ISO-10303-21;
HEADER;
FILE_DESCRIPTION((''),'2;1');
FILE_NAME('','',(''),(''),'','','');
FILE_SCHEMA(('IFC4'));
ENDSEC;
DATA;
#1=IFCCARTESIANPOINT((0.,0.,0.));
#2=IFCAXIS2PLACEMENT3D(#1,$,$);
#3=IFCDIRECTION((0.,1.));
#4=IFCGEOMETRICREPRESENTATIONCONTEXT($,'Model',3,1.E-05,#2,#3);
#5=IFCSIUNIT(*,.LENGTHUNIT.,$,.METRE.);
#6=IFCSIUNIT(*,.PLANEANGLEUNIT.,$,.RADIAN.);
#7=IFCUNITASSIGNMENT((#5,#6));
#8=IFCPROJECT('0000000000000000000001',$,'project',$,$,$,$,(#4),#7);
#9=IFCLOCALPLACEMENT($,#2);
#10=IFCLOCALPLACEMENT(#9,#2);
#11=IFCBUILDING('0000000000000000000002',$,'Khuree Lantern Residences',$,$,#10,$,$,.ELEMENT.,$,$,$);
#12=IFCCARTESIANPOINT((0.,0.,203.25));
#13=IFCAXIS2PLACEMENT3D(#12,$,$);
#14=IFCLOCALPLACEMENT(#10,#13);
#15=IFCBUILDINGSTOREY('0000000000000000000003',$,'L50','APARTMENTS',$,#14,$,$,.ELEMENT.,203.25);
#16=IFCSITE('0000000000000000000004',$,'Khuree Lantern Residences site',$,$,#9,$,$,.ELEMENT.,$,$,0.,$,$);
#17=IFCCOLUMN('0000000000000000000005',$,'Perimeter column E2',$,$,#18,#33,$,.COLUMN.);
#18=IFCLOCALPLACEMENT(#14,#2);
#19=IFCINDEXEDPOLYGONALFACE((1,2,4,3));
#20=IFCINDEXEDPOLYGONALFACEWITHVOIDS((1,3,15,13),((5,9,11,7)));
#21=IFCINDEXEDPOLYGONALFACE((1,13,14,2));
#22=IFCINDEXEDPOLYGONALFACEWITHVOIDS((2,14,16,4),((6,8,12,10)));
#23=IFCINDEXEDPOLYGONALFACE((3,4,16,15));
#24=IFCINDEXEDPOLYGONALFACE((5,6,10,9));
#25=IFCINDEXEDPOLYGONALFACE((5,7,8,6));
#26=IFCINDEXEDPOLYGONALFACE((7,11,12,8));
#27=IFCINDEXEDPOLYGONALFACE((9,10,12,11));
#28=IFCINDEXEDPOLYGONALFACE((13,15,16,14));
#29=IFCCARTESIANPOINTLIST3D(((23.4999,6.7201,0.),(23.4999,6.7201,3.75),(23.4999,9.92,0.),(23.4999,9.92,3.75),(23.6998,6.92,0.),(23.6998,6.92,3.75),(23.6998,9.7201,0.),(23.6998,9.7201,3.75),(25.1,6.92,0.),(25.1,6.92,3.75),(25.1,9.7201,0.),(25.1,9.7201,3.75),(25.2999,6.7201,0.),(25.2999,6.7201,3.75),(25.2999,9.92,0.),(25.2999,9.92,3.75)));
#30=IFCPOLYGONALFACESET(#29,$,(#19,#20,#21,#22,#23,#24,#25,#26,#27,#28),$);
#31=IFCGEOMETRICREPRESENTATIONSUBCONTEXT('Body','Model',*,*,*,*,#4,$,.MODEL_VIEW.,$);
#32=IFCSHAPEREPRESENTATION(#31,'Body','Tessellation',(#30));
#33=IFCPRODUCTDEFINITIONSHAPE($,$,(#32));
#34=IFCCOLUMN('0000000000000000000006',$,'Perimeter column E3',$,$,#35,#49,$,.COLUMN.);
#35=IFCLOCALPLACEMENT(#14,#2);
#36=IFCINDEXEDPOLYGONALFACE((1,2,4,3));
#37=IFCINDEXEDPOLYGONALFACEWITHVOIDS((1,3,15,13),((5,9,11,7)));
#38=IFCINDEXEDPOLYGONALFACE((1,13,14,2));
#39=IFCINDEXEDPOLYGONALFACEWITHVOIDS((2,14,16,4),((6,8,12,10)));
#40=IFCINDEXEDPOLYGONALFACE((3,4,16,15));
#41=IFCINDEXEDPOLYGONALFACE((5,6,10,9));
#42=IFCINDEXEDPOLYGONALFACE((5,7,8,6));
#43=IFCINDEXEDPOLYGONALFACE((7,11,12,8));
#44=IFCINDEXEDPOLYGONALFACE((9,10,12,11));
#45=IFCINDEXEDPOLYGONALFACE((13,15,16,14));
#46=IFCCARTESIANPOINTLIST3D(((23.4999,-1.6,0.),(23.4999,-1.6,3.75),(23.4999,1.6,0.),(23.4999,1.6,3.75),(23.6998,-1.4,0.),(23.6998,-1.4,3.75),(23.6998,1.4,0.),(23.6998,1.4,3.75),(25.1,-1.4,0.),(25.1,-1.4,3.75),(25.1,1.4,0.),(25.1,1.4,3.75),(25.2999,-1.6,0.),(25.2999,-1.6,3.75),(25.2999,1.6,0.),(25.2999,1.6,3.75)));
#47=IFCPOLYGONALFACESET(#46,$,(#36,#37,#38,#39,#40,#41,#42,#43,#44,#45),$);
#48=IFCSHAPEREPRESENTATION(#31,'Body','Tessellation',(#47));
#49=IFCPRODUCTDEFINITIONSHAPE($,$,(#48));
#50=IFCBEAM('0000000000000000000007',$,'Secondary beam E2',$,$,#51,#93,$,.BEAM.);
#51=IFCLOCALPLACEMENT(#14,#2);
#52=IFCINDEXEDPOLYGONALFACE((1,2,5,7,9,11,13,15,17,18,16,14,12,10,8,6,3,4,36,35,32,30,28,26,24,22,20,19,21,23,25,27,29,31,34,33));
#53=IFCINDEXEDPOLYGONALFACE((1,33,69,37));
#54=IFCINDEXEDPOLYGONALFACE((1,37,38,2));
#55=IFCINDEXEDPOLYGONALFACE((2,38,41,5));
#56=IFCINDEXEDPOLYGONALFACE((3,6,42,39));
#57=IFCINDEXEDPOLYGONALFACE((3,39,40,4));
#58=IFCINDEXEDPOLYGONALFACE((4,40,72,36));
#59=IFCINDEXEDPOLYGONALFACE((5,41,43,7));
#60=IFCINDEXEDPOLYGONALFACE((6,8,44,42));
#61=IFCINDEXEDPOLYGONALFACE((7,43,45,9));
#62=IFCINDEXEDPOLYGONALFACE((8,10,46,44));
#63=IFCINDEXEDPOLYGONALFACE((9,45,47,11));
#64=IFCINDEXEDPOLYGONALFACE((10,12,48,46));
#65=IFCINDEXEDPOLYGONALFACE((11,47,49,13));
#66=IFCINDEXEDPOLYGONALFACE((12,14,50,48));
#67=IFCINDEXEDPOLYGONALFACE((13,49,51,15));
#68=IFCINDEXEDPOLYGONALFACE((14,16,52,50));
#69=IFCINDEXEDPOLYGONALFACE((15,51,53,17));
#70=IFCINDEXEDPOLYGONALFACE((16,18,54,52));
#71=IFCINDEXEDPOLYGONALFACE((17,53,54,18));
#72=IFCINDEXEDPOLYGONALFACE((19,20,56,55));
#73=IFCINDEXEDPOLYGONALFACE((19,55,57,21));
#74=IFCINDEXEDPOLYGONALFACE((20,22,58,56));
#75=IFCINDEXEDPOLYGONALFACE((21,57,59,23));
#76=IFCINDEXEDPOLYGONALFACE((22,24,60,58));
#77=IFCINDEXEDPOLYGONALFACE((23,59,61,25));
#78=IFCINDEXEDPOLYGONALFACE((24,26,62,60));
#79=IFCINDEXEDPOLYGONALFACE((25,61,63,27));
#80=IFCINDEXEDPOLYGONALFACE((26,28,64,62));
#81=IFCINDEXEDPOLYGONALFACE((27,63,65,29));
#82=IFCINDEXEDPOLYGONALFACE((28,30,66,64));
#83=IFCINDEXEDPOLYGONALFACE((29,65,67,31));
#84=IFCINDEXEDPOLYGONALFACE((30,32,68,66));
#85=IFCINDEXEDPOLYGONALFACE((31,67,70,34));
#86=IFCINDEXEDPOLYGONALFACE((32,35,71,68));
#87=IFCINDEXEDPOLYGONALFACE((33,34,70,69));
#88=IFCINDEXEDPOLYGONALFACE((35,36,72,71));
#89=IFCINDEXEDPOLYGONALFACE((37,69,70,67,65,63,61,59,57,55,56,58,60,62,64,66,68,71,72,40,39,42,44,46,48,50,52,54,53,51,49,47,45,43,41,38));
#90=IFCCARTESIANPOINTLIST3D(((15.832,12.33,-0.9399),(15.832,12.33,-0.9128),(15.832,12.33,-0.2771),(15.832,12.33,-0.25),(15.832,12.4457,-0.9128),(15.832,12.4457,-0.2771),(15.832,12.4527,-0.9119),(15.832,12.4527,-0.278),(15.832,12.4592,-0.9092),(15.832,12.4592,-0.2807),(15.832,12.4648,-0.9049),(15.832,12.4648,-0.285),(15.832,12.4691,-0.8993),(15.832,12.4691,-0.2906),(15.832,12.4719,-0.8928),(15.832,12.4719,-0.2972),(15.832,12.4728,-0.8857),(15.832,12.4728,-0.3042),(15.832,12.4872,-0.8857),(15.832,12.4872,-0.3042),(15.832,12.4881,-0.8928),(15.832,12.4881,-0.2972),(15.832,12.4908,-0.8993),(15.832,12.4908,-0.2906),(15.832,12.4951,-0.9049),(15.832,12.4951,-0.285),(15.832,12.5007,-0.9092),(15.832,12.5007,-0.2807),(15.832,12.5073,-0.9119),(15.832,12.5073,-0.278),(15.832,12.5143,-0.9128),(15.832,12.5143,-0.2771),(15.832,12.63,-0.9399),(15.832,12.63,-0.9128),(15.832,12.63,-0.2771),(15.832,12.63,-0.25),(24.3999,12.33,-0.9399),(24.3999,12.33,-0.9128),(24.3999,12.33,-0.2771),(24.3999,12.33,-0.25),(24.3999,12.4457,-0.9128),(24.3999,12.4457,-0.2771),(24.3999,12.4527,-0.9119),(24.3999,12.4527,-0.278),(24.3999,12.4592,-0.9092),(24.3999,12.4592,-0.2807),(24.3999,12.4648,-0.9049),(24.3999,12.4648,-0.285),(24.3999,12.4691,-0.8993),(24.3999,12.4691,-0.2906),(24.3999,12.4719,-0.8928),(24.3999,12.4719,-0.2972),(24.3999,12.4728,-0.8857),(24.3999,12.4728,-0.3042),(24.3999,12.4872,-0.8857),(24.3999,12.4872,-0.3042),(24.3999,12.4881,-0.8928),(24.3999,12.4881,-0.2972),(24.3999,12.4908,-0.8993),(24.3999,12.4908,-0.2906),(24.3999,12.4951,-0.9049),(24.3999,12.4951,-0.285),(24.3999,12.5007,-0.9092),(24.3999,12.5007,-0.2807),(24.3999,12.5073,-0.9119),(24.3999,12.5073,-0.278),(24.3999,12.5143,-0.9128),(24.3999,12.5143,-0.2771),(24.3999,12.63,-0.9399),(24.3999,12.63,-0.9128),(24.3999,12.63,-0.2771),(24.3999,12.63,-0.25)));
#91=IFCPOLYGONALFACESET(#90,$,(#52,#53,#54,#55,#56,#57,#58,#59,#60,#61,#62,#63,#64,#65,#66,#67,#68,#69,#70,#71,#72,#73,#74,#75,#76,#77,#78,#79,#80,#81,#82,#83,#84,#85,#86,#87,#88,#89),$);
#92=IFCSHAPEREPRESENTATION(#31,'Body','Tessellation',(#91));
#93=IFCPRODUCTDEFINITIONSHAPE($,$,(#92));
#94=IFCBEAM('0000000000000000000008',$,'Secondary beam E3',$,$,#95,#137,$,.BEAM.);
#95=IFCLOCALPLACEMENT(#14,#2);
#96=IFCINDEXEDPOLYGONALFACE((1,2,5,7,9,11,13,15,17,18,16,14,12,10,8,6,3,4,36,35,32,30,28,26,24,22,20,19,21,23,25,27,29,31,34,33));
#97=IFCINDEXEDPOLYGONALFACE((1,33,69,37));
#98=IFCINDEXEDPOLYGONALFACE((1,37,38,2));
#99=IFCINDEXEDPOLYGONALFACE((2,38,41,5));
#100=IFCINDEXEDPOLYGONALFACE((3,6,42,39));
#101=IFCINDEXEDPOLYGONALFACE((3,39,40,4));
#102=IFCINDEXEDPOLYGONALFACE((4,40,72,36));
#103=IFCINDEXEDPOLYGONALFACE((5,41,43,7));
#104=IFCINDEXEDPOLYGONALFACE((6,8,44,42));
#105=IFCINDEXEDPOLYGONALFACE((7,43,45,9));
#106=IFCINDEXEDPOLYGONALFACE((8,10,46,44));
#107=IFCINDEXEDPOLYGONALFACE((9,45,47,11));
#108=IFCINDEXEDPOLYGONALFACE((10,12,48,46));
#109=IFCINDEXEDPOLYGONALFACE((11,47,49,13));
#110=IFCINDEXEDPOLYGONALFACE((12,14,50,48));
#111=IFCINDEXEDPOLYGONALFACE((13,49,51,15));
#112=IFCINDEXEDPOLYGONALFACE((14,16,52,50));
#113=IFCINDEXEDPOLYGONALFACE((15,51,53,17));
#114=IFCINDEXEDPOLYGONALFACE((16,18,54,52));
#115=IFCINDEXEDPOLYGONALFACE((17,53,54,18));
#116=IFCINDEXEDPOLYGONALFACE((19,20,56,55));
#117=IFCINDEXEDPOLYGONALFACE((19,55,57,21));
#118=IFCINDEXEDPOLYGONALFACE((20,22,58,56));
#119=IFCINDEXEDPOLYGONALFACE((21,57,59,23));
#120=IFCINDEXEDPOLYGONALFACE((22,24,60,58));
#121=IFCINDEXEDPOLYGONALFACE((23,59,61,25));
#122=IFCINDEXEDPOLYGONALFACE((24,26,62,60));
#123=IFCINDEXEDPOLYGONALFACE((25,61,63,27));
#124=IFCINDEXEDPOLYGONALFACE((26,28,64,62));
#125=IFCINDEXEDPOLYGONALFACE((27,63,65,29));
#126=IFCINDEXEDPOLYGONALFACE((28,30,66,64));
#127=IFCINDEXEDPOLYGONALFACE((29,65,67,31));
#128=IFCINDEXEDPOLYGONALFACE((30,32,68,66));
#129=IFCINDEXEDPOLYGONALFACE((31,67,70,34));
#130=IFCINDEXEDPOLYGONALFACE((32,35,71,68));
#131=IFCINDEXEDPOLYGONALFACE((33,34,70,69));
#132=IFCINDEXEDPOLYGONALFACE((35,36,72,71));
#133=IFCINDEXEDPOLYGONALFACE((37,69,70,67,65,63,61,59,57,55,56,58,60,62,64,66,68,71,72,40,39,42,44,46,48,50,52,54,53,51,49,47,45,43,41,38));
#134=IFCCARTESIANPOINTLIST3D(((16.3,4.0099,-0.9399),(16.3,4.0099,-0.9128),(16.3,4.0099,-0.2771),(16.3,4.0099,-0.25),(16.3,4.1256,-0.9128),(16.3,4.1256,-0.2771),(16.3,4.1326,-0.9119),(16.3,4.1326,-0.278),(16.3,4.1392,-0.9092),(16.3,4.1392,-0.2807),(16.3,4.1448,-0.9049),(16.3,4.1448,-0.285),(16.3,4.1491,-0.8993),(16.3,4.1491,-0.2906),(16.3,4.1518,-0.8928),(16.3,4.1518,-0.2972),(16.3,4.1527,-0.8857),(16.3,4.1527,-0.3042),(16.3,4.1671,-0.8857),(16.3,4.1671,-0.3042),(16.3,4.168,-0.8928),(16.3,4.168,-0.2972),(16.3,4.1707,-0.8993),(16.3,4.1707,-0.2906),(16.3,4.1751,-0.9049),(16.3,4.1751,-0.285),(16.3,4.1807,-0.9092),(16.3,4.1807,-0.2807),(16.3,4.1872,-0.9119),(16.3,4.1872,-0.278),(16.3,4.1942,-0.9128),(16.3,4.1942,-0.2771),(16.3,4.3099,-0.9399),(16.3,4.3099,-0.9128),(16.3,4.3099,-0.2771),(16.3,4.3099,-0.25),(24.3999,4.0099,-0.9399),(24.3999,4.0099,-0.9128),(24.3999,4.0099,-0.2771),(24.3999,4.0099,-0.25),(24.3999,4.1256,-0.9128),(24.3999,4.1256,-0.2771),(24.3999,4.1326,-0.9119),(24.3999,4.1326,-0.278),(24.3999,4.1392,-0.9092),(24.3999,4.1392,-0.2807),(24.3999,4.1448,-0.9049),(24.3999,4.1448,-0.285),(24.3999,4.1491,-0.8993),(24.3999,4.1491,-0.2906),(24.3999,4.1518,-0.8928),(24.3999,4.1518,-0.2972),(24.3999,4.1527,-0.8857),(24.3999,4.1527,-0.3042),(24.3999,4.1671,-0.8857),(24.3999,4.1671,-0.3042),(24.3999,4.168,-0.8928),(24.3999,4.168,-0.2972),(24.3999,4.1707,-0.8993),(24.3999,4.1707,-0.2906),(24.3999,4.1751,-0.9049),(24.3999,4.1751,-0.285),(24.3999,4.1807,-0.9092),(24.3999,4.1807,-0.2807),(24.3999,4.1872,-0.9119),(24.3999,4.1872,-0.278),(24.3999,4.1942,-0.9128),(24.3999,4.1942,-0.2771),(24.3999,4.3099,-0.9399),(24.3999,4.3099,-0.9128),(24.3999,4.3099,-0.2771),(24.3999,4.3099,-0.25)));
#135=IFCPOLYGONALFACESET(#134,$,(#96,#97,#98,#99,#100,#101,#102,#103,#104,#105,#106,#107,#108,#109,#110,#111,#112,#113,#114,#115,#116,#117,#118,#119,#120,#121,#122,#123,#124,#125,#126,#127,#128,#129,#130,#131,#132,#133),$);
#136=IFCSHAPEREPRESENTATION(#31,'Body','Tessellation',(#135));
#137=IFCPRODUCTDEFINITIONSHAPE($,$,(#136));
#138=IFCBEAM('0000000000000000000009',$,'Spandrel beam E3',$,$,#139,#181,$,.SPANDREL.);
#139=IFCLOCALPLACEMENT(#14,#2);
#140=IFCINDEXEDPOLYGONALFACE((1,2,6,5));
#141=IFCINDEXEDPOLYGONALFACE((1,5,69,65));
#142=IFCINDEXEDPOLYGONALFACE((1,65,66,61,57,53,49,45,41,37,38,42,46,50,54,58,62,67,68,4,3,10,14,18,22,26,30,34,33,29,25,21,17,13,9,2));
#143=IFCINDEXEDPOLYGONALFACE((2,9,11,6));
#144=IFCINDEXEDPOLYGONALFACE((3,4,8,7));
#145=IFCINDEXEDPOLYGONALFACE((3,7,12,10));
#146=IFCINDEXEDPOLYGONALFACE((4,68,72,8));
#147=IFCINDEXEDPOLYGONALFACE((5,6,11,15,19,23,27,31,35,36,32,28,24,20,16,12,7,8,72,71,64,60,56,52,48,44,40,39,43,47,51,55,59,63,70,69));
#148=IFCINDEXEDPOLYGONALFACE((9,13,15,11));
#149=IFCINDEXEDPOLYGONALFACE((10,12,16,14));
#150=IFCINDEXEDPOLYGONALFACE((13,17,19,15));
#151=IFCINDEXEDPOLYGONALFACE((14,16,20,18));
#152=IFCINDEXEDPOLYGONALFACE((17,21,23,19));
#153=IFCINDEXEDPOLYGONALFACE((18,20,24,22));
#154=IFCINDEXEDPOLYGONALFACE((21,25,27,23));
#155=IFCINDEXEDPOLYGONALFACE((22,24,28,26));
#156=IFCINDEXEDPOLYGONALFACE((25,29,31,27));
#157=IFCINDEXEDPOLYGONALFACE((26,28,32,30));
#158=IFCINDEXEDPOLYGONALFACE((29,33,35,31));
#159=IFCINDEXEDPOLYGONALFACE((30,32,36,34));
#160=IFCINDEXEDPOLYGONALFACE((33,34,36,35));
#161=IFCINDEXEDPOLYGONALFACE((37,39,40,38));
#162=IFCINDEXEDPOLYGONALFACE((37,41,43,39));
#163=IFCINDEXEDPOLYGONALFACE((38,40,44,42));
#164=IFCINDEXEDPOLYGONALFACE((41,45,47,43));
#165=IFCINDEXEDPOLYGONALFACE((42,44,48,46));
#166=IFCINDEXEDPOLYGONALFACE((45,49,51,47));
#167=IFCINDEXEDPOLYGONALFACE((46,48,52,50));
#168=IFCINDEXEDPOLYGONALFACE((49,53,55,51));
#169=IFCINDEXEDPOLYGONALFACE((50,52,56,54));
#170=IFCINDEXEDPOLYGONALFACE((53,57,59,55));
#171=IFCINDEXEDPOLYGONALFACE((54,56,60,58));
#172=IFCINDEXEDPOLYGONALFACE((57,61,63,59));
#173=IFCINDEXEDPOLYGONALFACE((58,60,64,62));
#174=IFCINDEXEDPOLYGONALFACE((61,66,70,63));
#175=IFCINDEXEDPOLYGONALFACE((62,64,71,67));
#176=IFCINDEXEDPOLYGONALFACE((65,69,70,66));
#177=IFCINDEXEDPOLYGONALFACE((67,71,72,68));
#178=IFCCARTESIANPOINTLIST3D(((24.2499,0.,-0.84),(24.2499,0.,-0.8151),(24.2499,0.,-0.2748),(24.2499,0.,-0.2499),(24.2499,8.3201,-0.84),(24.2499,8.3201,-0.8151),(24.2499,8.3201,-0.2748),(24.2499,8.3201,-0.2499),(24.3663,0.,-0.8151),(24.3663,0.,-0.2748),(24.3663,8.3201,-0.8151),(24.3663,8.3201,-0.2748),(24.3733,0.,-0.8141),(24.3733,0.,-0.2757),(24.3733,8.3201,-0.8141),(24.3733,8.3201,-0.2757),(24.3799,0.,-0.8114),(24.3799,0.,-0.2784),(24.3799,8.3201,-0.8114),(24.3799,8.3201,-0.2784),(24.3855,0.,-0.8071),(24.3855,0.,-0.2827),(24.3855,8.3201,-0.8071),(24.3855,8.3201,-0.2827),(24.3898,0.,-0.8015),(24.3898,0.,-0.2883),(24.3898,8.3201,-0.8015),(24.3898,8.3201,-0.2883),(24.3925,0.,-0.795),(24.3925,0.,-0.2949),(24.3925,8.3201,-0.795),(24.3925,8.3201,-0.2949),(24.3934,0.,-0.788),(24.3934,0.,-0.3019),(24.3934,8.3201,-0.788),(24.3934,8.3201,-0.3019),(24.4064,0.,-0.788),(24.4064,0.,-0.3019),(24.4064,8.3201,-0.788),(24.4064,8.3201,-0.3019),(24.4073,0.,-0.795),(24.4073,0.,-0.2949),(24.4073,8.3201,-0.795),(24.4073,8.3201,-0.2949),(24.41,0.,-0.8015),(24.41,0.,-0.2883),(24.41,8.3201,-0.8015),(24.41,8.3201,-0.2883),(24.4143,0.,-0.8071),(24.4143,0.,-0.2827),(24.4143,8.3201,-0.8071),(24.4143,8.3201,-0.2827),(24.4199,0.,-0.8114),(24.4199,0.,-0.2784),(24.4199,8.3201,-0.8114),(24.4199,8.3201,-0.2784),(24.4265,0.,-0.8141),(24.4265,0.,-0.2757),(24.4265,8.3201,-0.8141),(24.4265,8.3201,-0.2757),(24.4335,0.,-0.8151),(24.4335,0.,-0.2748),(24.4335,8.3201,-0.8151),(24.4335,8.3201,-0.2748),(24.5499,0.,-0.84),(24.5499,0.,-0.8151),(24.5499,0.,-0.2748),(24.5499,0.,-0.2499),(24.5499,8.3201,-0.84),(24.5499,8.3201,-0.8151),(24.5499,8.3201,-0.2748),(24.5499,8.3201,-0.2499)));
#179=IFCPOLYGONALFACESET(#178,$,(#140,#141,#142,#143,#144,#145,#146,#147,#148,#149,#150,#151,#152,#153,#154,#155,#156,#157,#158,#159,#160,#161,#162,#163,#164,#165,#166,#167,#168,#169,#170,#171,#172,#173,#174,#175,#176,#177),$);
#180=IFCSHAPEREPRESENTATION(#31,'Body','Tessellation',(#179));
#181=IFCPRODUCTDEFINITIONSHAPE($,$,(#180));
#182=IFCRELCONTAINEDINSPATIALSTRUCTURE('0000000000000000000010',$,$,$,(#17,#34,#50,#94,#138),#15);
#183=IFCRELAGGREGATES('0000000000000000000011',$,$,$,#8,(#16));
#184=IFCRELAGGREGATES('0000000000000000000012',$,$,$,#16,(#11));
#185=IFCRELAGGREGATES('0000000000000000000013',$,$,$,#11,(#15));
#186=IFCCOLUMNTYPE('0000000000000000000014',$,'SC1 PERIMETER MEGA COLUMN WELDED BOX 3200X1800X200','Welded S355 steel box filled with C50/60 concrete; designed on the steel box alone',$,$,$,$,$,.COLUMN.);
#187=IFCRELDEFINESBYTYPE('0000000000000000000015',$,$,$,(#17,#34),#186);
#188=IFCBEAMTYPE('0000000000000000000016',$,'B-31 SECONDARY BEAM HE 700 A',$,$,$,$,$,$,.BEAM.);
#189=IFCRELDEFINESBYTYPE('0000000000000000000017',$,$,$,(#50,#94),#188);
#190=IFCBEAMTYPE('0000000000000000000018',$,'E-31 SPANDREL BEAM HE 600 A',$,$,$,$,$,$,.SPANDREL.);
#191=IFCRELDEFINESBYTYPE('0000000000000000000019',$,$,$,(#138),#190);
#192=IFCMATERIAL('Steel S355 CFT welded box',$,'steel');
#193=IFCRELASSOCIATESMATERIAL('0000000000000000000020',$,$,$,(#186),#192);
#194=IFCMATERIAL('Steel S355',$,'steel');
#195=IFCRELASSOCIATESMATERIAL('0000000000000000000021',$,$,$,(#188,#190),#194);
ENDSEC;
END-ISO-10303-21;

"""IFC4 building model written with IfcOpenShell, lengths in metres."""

from ifc_helpers import new_model, si_unit, direction, frame, origin, origin_2d, place, context, subcontext, project, spatial, hollow_rectangle, i_section, extrude, material, material_profile, profile_set, type_object, element, save


model = new_model("IFC4")

# Units and contexts
model_context = context("Model", 3, precision=1e-05, world=origin(), true_north=direction((0.0, 1.0)))
body_context = subcontext(model_context, "Body", "Model", "MODEL_VIEW")
ifc_project = project(units=[si_unit("LENGTHUNIT", "METRE"), si_unit("PLANEANGLEUNIT", "RADIAN")], contexts=[model_context])

# Site, building, storey
site_placement = place(None, origin())
site = spatial("IfcSite", under=ifc_project, at=site_placement, Name="Khuree Lantern Residences site", CompositionType="ELEMENT", RefElevation=0.0)
building_placement = place(site_placement, origin())
building = spatial("IfcBuilding", under=site, at=building_placement, Name="Khuree Lantern Residences", CompositionType="ELEMENT")
storey_placement = place(building_placement, frame((0.0, 0.0, 203.25)))
storey = spatial("IfcBuildingStorey", under=building, at=storey_placement, Name="L50", Description="APARTMENTS", CompositionType="ELEMENT", Elevation=203.25)

# Columns
ifc_material_1 = material(Name="Steel S355 CFT welded box", Category="steel")
ifc_material_profile_1 = material_profile(ifc_material_1, hollow_rectangle(XDim=3.2, YDim=1.8, WallThickness=0.2, at=origin_2d()), Name="WELDED BOX 3200X1800X200")
ifc_profile_set_1 = profile_set([ifc_material_profile_1], Name="Steel S355 CFT welded box")
column_type = type_object("IfcColumnType", Name="SC1 PERIMETER MEGA COLUMN WELDED BOX 3200X1800X200", Description="Welded S355 steel box filled with C50/60 concrete; designed on the steel box alone", PredefinedType="COLUMN", material=ifc_profile_set_1)
for number, where, z_axis, x_axis, name in (
    (1, (24.3999, 8.3201, 0.0), (0.0, 0.0, 1.0), (0.0, 1.0, 0.0), "Perimeter column E2"),
    (2, (24.3999, 0.0, 0.0), (0.0, 0.0, 1.0), (0.0, 1.0, 0.0), "Perimeter column E3"),
):
    element("IfcColumn", number, at=place(storey_placement, frame(where, z_axis=z_axis, x_axis=x_axis)), inside=storey, type_object=column_type, Name=name, PredefinedType="COLUMN", context=body_context, shape_type="SweptSolid", body=[
        extrude(hollow_rectangle(XDim=3.2, YDim=1.8, WallThickness=0.2, at=origin_2d()), origin(), (0.0, 0.0, 1.0), 3.75),
    ])

# Beams
ifc_material_2 = material(Name="Steel S355", Category="steel")
ifc_material_profile_2 = material_profile(ifc_material_2, i_section(OverallWidth=0.3, OverallDepth=0.6899, WebThickness=0.0144, FlangeThickness=0.0271, FilletRadius=0.0271, at=origin_2d()), Name="HE 700 A")
ifc_profile_set_2 = profile_set([ifc_material_profile_2], Name="Steel S355")
beam_type_1 = type_object("IfcBeamType", Name="B-31 SECONDARY BEAM HE 700 A", PredefinedType="BEAM", material=ifc_profile_set_2)
beam_1_placement = place(storey_placement, frame((24.3999, 12.48, -0.595), z_axis=(-1.0, 0.0, 0.0), x_axis=(0.0, -1.0, 0.0)))
element("IfcBeam", 3, at=beam_1_placement, inside=storey, type_object=beam_type_1, Name="Secondary beam E2", PredefinedType="BEAM", context=body_context, shape_type="SweptSolid", body=[
    extrude(i_section(OverallWidth=0.3, OverallDepth=0.6899, WebThickness=0.0144, FlangeThickness=0.0271, FilletRadius=0.0271, at=origin_2d()), origin(), (0.0, 0.0, 1.0), 8.5679),
])
beam_2_placement = place(storey_placement, frame((24.3999, 4.1599, -0.595), z_axis=(-1.0, 0.0, 0.0), x_axis=(0.0, -1.0, 0.0)))
element("IfcBeam", 4, at=beam_2_placement, inside=storey, type_object=beam_type_1, Name="Secondary beam E3", PredefinedType="BEAM", context=body_context, shape_type="SweptSolid", body=[
    extrude(i_section(OverallWidth=0.3, OverallDepth=0.6899, WebThickness=0.0144, FlangeThickness=0.0271, FilletRadius=0.0271, at=origin_2d()), origin(), (0.0, 0.0, 1.0), 8.0999),
])
ifc_material_profile_3 = material_profile(ifc_material_2, i_section(OverallWidth=0.3, OverallDepth=0.5901, WebThickness=0.0129, FlangeThickness=0.0249, FilletRadius=0.0271, at=origin_2d()), Name="HE 600 A")
ifc_profile_set_3 = profile_set([ifc_material_profile_3], Name="Steel S355")
beam_type_2 = type_object("IfcBeamType", Name="E-31 SPANDREL BEAM HE 600 A", PredefinedType="SPANDREL", material=ifc_profile_set_3)
for number, where, z_axis, x_axis, name in (
    (5, (24.3999, 8.3201, -0.5449), (0.0, -1.0, 0.0), (1.0, 0.0, 0.0), "Spandrel beam E3"),
):
    element("IfcBeam", number, at=place(storey_placement, frame(where, z_axis=z_axis, x_axis=x_axis)), inside=storey, type_object=beam_type_2, Name=name, PredefinedType="SPANDREL", context=body_context, shape_type="SweptSolid", body=[
        extrude(i_section(OverallWidth=0.3, OverallDepth=0.5901, WebThickness=0.0129, FlangeThickness=0.0249, FilletRadius=0.0271, at=origin_2d()), origin(), (0.0, 0.0, 1.0), 8.3201),
    ])

save(model, "model.ifc")
